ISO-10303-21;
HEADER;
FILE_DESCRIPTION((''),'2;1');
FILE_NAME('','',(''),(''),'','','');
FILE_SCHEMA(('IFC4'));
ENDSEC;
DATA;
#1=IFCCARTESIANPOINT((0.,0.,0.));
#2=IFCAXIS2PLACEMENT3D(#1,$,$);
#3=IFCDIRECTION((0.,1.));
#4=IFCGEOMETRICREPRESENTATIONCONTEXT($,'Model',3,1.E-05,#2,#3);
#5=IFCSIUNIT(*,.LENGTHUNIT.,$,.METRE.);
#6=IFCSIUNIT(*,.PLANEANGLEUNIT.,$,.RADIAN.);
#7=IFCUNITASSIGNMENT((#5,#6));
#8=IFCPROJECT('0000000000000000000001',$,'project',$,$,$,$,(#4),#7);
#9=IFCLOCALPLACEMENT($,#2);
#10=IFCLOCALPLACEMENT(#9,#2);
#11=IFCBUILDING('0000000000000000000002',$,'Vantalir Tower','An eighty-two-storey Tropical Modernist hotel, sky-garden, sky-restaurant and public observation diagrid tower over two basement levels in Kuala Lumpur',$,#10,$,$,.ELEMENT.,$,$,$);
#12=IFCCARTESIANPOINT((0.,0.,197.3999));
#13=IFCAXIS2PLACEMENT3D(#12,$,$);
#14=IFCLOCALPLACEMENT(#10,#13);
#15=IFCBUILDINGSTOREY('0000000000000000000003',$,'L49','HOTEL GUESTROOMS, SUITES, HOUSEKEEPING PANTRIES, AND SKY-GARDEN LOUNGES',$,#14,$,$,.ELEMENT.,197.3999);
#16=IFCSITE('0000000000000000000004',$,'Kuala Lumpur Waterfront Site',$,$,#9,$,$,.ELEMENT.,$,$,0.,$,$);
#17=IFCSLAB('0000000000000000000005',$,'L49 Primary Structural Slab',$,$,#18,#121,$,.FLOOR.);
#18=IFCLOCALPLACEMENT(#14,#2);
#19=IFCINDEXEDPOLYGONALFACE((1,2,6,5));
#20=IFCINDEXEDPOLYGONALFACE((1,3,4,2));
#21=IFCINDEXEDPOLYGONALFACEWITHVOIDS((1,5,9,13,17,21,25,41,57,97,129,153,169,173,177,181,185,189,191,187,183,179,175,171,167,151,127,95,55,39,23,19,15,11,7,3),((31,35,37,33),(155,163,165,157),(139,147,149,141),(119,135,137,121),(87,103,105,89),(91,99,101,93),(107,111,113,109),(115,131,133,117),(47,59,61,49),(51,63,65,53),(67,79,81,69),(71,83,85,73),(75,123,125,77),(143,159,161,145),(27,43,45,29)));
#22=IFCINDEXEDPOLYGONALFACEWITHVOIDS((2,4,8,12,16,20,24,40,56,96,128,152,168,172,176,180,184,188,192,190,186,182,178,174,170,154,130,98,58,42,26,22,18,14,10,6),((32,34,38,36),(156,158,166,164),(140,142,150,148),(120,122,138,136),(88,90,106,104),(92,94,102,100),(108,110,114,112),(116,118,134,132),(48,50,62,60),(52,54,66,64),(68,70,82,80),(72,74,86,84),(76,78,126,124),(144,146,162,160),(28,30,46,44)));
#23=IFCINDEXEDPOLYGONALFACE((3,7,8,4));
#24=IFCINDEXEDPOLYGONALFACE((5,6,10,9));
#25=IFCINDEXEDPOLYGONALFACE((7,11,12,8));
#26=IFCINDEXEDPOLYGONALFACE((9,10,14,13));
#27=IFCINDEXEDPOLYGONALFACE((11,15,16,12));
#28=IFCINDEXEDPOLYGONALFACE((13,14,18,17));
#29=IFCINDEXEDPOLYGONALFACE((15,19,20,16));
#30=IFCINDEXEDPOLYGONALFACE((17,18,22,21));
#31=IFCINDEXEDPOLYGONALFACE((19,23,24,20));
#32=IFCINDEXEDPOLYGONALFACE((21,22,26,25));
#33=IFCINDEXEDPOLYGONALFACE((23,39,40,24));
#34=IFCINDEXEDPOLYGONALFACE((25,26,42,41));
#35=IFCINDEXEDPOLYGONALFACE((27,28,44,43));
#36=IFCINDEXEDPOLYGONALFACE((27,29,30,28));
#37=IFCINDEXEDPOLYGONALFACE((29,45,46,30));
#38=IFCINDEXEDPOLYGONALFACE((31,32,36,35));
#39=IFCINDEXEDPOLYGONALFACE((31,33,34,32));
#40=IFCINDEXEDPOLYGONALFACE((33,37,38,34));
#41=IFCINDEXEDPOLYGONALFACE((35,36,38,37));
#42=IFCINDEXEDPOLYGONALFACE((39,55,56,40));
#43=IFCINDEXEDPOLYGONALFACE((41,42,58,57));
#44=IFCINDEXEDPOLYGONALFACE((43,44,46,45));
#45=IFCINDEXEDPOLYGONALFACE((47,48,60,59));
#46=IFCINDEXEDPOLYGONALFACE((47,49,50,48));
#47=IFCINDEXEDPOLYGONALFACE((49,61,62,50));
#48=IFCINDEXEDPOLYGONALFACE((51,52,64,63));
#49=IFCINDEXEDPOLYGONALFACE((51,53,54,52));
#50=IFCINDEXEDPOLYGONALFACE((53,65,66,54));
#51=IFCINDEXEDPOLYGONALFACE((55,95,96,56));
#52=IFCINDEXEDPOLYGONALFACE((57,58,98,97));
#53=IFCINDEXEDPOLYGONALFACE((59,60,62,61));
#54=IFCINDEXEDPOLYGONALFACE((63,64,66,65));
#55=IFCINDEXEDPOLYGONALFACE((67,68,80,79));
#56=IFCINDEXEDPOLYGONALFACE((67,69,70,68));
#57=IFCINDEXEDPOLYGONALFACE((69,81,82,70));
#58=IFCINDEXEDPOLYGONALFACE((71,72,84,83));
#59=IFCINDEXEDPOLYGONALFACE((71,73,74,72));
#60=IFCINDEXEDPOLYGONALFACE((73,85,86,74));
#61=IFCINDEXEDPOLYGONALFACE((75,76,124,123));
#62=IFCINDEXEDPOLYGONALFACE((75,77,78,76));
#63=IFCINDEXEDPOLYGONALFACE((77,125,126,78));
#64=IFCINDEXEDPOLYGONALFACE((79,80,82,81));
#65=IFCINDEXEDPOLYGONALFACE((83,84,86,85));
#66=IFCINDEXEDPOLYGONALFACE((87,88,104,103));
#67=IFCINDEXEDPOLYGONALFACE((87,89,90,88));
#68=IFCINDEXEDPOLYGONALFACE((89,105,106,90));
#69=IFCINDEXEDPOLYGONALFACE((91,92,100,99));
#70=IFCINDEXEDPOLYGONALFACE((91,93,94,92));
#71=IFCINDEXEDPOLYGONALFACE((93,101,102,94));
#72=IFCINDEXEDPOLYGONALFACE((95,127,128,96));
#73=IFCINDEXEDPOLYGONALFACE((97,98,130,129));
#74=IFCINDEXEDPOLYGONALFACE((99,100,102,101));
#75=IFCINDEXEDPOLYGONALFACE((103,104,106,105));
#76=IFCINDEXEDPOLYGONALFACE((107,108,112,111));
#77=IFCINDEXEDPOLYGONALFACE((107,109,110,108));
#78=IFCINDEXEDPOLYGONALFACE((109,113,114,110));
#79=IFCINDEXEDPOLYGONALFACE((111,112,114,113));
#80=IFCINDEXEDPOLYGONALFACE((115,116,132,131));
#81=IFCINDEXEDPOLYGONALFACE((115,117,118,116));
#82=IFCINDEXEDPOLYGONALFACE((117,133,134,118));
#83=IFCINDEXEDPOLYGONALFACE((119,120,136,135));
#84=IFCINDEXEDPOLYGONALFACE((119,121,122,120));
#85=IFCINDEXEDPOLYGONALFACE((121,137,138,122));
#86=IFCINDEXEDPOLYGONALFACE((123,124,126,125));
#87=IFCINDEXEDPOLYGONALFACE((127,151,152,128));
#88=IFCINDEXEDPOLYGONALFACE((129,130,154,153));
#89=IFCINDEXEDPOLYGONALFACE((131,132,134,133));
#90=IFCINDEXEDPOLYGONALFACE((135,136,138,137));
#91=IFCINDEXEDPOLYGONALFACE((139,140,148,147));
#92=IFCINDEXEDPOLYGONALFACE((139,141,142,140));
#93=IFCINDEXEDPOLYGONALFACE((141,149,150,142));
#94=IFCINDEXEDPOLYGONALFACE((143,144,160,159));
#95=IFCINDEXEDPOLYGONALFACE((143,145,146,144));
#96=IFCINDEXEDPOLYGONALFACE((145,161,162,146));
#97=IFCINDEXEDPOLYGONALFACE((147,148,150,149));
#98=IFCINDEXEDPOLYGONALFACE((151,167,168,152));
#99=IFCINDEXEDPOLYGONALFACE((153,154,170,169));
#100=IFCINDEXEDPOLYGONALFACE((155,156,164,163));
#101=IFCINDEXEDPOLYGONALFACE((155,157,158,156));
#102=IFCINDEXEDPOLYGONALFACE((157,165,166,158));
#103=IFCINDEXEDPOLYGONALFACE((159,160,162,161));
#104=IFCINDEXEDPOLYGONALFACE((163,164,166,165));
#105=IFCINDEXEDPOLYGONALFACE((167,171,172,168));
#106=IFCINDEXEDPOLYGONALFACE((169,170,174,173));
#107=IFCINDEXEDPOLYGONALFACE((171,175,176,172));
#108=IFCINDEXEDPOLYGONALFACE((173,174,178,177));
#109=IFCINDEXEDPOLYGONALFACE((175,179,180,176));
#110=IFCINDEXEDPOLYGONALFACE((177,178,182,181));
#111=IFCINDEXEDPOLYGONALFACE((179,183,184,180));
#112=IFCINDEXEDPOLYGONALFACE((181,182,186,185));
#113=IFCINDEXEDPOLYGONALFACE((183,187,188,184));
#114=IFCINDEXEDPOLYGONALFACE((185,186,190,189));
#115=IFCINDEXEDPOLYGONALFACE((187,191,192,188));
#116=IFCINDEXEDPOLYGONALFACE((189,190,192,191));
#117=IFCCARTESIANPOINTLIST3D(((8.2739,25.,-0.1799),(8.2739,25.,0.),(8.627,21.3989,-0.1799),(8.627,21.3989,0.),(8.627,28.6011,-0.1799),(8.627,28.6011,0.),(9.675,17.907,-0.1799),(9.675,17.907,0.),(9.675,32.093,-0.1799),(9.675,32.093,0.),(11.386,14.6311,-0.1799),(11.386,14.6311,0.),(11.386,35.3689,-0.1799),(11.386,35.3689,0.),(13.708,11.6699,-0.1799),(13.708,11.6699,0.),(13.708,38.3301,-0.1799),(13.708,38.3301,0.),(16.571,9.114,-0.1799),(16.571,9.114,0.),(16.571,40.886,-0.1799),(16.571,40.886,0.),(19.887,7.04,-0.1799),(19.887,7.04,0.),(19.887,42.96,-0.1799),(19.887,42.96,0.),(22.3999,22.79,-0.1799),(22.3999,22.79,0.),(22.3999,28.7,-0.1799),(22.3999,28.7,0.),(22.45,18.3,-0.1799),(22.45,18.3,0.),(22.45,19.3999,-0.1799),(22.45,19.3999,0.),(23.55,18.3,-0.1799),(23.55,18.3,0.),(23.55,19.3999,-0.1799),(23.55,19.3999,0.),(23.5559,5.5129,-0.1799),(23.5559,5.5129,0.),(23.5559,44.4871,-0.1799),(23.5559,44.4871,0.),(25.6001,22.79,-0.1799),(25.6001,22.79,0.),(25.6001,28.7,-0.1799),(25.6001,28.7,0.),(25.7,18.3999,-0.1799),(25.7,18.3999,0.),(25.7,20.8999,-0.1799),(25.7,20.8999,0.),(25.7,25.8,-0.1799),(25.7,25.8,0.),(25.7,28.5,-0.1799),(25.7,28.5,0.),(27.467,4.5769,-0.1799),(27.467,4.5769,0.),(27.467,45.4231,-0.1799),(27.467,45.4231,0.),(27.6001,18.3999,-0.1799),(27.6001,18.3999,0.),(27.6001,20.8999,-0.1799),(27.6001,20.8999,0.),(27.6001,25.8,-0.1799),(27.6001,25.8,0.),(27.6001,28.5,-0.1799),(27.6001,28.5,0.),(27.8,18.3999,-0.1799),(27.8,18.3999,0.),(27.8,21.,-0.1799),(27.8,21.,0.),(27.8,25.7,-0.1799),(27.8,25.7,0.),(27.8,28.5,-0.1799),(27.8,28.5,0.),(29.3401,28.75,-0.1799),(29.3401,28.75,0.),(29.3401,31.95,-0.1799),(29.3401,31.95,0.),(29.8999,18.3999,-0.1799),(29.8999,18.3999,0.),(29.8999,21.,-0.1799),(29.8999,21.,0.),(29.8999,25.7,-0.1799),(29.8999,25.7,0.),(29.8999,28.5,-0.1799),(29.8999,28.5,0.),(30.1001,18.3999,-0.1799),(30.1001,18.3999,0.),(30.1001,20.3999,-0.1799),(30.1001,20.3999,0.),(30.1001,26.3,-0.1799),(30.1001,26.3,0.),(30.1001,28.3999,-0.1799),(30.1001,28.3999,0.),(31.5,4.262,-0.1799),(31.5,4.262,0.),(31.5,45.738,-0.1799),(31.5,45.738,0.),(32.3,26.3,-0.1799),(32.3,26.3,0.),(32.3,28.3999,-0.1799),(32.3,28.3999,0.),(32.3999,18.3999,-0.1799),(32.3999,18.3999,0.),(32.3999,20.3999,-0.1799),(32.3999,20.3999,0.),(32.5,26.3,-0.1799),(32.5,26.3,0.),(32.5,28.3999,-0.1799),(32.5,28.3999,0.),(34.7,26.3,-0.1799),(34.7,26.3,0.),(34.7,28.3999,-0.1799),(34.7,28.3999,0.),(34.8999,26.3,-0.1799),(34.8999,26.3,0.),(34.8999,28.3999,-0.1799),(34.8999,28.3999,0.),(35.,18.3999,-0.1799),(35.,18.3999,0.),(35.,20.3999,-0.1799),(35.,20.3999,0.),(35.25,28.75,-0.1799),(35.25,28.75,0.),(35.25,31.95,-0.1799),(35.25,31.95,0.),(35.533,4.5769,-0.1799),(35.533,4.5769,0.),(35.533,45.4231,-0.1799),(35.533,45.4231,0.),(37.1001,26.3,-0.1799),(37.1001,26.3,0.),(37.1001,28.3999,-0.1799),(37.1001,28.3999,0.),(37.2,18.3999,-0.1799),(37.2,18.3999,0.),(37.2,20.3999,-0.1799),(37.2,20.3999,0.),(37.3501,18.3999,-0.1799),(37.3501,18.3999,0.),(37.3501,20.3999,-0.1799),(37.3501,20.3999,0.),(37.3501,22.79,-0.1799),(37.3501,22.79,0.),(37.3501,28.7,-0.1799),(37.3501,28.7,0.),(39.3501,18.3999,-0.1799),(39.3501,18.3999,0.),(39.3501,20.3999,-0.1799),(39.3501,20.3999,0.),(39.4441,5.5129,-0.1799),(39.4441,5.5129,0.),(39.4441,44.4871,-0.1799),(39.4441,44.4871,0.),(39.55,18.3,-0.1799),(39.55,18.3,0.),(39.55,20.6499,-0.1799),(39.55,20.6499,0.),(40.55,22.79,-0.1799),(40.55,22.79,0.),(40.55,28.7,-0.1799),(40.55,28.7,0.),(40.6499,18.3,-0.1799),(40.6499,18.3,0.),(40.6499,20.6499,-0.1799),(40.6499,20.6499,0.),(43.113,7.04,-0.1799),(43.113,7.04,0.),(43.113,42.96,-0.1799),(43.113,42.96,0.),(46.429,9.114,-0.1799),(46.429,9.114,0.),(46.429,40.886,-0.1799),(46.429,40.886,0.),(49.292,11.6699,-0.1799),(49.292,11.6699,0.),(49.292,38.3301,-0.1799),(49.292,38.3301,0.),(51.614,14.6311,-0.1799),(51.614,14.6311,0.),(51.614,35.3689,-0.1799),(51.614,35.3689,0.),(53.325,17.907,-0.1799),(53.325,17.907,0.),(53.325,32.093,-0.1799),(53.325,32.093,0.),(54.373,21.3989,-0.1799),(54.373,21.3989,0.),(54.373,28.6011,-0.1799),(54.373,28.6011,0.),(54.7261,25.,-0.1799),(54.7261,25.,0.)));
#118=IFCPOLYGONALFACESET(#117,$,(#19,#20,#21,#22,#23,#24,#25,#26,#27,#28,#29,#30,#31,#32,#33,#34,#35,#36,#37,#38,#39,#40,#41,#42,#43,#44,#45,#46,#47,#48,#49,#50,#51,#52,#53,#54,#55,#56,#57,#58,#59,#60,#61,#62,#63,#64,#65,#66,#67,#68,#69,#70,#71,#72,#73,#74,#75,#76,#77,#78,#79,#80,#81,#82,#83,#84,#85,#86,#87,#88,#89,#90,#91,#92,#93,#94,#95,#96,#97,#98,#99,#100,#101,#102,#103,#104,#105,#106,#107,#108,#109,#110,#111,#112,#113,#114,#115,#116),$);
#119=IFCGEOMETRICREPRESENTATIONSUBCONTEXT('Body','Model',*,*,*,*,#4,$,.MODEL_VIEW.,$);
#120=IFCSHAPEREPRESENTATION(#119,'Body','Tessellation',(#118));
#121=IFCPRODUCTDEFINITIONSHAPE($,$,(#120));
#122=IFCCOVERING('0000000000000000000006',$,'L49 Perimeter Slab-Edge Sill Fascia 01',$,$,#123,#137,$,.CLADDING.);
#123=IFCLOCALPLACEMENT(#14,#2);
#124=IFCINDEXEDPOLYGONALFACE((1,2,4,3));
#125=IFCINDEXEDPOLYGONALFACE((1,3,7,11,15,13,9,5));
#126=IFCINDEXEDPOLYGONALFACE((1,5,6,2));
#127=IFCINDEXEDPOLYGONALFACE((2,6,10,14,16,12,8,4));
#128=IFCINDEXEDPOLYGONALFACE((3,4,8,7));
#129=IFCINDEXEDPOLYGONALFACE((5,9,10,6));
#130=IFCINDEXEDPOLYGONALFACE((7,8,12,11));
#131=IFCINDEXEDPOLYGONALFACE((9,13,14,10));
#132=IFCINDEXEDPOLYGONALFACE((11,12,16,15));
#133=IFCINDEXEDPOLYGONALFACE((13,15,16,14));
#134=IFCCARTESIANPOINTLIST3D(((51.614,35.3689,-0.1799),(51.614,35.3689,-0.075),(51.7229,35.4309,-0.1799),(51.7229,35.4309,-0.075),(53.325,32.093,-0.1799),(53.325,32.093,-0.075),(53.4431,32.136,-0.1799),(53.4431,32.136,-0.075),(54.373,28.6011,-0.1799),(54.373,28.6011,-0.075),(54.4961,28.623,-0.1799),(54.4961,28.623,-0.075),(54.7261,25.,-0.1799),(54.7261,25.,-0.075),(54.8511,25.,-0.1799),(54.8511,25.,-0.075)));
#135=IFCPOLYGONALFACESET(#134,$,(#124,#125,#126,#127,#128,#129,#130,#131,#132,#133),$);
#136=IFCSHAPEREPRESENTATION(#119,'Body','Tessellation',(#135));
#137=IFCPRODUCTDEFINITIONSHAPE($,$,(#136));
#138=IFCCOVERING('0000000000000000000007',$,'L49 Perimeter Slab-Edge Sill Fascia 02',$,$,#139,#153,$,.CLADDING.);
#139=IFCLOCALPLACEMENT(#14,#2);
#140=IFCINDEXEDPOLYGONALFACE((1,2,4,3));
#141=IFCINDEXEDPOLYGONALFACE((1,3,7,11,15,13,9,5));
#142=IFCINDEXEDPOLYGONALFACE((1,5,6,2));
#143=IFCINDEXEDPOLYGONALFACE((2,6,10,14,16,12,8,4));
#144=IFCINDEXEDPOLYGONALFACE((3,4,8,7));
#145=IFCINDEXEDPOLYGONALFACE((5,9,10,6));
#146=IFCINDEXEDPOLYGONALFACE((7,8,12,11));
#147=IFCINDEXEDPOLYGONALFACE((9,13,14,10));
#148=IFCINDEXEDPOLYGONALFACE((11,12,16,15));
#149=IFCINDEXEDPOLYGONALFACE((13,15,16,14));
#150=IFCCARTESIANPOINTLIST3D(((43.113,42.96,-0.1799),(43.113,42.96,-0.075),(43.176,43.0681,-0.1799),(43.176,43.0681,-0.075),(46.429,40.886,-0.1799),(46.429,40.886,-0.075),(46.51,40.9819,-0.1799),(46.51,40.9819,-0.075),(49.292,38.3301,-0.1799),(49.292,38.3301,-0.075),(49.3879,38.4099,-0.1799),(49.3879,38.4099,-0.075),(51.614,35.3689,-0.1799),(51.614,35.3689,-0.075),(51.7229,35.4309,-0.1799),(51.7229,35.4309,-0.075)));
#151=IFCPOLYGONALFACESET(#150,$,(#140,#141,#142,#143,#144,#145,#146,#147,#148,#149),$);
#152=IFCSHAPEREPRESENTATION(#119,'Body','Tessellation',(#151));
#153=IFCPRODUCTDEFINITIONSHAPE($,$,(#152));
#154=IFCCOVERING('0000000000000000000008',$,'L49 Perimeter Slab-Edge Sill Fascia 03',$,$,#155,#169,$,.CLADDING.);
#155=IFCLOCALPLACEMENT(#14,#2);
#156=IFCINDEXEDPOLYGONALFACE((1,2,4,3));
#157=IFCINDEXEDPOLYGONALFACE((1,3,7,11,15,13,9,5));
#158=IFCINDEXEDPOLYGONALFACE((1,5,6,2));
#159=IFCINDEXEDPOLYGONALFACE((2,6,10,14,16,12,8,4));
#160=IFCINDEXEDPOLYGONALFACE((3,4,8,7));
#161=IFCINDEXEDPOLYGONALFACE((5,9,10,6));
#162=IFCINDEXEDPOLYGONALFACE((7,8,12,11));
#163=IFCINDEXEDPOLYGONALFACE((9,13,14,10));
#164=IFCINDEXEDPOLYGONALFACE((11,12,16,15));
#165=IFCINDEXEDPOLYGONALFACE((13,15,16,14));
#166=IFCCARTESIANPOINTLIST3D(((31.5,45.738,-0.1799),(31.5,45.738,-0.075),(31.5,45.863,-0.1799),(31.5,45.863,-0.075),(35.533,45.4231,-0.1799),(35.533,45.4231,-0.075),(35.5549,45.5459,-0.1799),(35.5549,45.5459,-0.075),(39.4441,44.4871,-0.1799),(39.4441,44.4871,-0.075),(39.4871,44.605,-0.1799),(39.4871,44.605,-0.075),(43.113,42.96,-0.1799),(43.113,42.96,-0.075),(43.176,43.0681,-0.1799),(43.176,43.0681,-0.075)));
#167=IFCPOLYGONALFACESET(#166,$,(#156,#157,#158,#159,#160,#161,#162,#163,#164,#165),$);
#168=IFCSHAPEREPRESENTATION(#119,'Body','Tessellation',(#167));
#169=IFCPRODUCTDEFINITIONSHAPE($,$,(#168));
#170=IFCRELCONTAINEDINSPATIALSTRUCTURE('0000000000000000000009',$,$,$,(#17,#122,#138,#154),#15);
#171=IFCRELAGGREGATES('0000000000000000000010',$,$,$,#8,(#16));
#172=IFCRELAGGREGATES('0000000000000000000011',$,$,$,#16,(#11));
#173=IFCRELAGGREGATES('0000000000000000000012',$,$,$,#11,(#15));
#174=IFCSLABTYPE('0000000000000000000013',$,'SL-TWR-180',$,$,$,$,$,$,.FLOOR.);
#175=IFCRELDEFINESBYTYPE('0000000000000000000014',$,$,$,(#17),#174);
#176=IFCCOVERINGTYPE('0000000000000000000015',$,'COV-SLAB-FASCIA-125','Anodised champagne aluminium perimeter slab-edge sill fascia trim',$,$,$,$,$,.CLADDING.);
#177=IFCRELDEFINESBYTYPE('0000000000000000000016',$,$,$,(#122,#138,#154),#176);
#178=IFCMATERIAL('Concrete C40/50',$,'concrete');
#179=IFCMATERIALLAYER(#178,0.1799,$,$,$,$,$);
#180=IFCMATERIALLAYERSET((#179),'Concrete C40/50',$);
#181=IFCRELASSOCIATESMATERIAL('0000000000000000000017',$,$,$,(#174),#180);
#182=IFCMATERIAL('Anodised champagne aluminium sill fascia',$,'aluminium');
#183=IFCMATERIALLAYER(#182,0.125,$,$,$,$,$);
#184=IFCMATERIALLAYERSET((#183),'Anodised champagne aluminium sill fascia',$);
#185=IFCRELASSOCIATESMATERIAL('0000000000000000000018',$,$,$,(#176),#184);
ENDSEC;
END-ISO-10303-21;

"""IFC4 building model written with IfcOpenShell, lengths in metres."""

from ifc_helpers import new_model, si_unit, direction, frame, origin, place, context, subcontext, project, spatial, polyline, outline, extrude, material, layer, layer_set, type_object, element, save


model = new_model("IFC4")

# Units and contexts
model_context = context("Model", 3, precision=1e-05, world=origin(), true_north=direction((0.0, 1.0)))
body_context = subcontext(model_context, "Body", "Model", "MODEL_VIEW")
ifc_project = project(units=[si_unit("LENGTHUNIT", "METRE"), si_unit("PLANEANGLEUNIT", "RADIAN")], contexts=[model_context])

# Site, building, storey
site_placement = place(None, origin())
site = spatial("IfcSite", under=ifc_project, at=site_placement, Name="Kuala Lumpur Waterfront Site", CompositionType="ELEMENT", RefElevation=0.0)
building_placement = place(site_placement, origin())
building = spatial("IfcBuilding", under=site, at=building_placement, Name="Vantalir Tower", Description="An eighty-two-storey Tropical Modernist hotel, sky-garden, sky-restaurant and public observation diagrid tower over two basement levels in Kuala Lumpur", CompositionType="ELEMENT")
storey_placement = place(building_placement, frame((0.0, 0.0, 197.3999)))
storey = spatial("IfcBuildingStorey", under=building, at=storey_placement, Name="L49", Description="HOTEL GUESTROOMS, SUITES, HOUSEKEEPING PANTRIES, AND SKY-GARDEN LOUNGES", CompositionType="ELEMENT", Elevation=197.3999)

# Shared definitions
ifc_material_1 = material(Name="Concrete C40/50", Category="concrete")

# Slab
ifc_layer_1 = layer(ifc_material_1, 0.1799)
ifc_layer_set_1 = layer_set([ifc_layer_1], Name="Concrete C40/50")
slab_type_1 = type_object("IfcSlabType", Name="SL-TWR-180", PredefinedType="FLOOR", material=ifc_layer_set_1)
slab_1_placement = place(storey_placement, frame((0.0, 0.0, -0.1799)))
element("IfcSlab", 1, at=slab_1_placement, inside=storey, type_object=slab_type_1, Name="L49 Primary Structural Slab", PredefinedType="FLOOR", context=body_context, shape_type="SweptSolid", body=[
    extrude(outline(polyline([(13.708, 11.6699), (16.571, 9.114), (19.887, 7.04), (23.5559, 5.5129), (27.467, 4.5769), (31.5, 4.262), (35.533, 4.5769), (39.4441, 5.5129), (43.113, 7.04), (46.429, 9.114), (49.292, 11.6699), (51.614, 14.6311), (53.325, 17.907), (54.373, 21.3989), (54.7261, 25.0), (54.373, 28.6011), (53.325, 32.093), (51.614, 35.3689), (49.292, 38.3301), (46.429, 40.886), (43.113, 42.96), (39.4441, 44.4871), (35.533, 45.4231), (31.5, 45.738), (27.467, 45.4231), (23.5559, 44.4871), (19.887, 42.96), (16.571, 40.886), (13.708, 38.3301), (11.386, 35.3689), (9.675, 32.093), (8.627, 28.6011), (8.2739, 25.0), (8.627, 21.3989), (9.675, 17.907), (11.386, 14.6311), (13.708, 11.6699)]), holes=[polyline([(22.3999, 28.7), (25.6001, 28.7), (25.6001, 22.79), (22.3999, 22.79), (22.3999, 28.7)]), polyline([(40.55, 28.7), (40.55, 22.79), (37.3501, 22.79), (37.3501, 28.7), (40.55, 28.7)]), polyline([(29.3401, 28.75), (29.3401, 31.95), (35.25, 31.95), (35.25, 28.75), (29.3401, 28.75)]), polyline([(25.7, 18.3999), (25.7, 20.8999), (27.6001, 20.8999), (27.6001, 18.3999), (25.7, 18.3999)]), polyline([(25.7, 28.5), (27.6001, 28.5), (27.6001, 25.8), (25.7, 25.8), (25.7, 28.5)]), polyline([(29.8999, 21.0), (29.8999, 18.3999), (27.8, 18.3999), (27.8, 21.0), (29.8999, 21.0)]), polyline([(29.8999, 25.7), (27.8, 25.7), (27.8, 28.5), (29.8999, 28.5), (29.8999, 25.7)]), polyline([(30.1001, 18.3999), (30.1001, 20.3999), (32.3999, 20.3999), (32.3999, 18.3999), (30.1001, 18.3999)]), polyline([(37.3501, 20.3999), (39.3501, 20.3999), (39.3501, 18.3999), (37.3501, 18.3999), (37.3501, 20.3999)]), polyline([(37.2, 20.3999), (37.2, 18.3999), (35.0, 18.3999), (35.0, 20.3999), (37.2, 20.3999)]), polyline([(32.3, 26.3), (30.1001, 26.3), (30.1001, 28.3999), (32.3, 28.3999), (32.3, 26.3)]), polyline([(32.5, 26.3), (32.5, 28.3999), (34.7, 28.3999), (34.7, 26.3), (32.5, 26.3)]), polyline([(34.8999, 28.3999), (37.1001, 28.3999), (37.1001, 26.3), (34.8999, 26.3), (34.8999, 28.3999)]), polyline([(23.55, 19.3999), (23.55, 18.3), (22.45, 18.3), (22.45, 19.3999), (23.55, 19.3999)]), polyline([(40.6499, 18.3), (39.55, 18.3), (39.55, 20.6499), (40.6499, 20.6499), (40.6499, 18.3)])]), origin(), (0.0, 0.0, 1.0), 0.1799),
])

# Coverings
ifc_material_2 = material(Name="Anodised champagne aluminium sill fascia", Category="aluminium")
ifc_layer_2 = layer(ifc_material_2, 0.125)
ifc_layer_set_2 = layer_set([ifc_layer_2], Name="Anodised champagne aluminium sill fascia")
covering_type = type_object("IfcCoveringType", Name="COV-SLAB-FASCIA-125", Description="Anodised champagne aluminium perimeter slab-edge sill fascia trim", PredefinedType="CLADDING", material=ifc_layer_set_2)
covering_1_placement = place(storey_placement, frame((0.0, 0.0, -0.1799)))
element("IfcCovering", 2, at=covering_1_placement, inside=storey, type_object=covering_type, Name="L49 Perimeter Slab-Edge Sill Fascia 01", PredefinedType="CLADDING", context=body_context, shape_type="SweptSolid", body=[
    extrude(outline(polyline([(54.8511, 25.0), (54.4961, 28.623), (53.4431, 32.136), (51.7229, 35.4309), (51.614, 35.3689), (53.325, 32.093), (54.373, 28.6011), (54.7261, 25.0), (54.8511, 25.0)])), origin(), (0.0, 0.0, 1.0), 0.105),
])
covering_2_placement = place(storey_placement, frame((0.0, 0.0, -0.1799)))
element("IfcCovering", 3, at=covering_2_placement, inside=storey, type_object=covering_type, Name="L49 Perimeter Slab-Edge Sill Fascia 02", PredefinedType="CLADDING", context=body_context, shape_type="SweptSolid", body=[
    extrude(outline(polyline([(51.7229, 35.4309), (49.3879, 38.4099), (46.51, 40.9819), (43.176, 43.0681), (43.113, 42.96), (46.429, 40.886), (49.292, 38.3301), (51.614, 35.3689), (51.7229, 35.4309)])), origin(), (0.0, 0.0, 1.0), 0.105),
])
covering_3_placement = place(storey_placement, frame((0.0, 0.0, -0.1799)))
element("IfcCovering", 4, at=covering_3_placement, inside=storey, type_object=covering_type, Name="L49 Perimeter Slab-Edge Sill Fascia 03", PredefinedType="CLADDING", context=body_context, shape_type="SweptSolid", body=[
    extrude(outline(polyline([(43.176, 43.0681), (39.4871, 44.605), (35.5549, 45.5459), (31.5, 45.863), (31.5, 45.738), (35.533, 45.4231), (39.4441, 44.4871), (43.113, 42.96), (43.176, 43.0681)])), origin(), (0.0, 0.0, 1.0), 0.105),
])

save(model, "model.ifc")
